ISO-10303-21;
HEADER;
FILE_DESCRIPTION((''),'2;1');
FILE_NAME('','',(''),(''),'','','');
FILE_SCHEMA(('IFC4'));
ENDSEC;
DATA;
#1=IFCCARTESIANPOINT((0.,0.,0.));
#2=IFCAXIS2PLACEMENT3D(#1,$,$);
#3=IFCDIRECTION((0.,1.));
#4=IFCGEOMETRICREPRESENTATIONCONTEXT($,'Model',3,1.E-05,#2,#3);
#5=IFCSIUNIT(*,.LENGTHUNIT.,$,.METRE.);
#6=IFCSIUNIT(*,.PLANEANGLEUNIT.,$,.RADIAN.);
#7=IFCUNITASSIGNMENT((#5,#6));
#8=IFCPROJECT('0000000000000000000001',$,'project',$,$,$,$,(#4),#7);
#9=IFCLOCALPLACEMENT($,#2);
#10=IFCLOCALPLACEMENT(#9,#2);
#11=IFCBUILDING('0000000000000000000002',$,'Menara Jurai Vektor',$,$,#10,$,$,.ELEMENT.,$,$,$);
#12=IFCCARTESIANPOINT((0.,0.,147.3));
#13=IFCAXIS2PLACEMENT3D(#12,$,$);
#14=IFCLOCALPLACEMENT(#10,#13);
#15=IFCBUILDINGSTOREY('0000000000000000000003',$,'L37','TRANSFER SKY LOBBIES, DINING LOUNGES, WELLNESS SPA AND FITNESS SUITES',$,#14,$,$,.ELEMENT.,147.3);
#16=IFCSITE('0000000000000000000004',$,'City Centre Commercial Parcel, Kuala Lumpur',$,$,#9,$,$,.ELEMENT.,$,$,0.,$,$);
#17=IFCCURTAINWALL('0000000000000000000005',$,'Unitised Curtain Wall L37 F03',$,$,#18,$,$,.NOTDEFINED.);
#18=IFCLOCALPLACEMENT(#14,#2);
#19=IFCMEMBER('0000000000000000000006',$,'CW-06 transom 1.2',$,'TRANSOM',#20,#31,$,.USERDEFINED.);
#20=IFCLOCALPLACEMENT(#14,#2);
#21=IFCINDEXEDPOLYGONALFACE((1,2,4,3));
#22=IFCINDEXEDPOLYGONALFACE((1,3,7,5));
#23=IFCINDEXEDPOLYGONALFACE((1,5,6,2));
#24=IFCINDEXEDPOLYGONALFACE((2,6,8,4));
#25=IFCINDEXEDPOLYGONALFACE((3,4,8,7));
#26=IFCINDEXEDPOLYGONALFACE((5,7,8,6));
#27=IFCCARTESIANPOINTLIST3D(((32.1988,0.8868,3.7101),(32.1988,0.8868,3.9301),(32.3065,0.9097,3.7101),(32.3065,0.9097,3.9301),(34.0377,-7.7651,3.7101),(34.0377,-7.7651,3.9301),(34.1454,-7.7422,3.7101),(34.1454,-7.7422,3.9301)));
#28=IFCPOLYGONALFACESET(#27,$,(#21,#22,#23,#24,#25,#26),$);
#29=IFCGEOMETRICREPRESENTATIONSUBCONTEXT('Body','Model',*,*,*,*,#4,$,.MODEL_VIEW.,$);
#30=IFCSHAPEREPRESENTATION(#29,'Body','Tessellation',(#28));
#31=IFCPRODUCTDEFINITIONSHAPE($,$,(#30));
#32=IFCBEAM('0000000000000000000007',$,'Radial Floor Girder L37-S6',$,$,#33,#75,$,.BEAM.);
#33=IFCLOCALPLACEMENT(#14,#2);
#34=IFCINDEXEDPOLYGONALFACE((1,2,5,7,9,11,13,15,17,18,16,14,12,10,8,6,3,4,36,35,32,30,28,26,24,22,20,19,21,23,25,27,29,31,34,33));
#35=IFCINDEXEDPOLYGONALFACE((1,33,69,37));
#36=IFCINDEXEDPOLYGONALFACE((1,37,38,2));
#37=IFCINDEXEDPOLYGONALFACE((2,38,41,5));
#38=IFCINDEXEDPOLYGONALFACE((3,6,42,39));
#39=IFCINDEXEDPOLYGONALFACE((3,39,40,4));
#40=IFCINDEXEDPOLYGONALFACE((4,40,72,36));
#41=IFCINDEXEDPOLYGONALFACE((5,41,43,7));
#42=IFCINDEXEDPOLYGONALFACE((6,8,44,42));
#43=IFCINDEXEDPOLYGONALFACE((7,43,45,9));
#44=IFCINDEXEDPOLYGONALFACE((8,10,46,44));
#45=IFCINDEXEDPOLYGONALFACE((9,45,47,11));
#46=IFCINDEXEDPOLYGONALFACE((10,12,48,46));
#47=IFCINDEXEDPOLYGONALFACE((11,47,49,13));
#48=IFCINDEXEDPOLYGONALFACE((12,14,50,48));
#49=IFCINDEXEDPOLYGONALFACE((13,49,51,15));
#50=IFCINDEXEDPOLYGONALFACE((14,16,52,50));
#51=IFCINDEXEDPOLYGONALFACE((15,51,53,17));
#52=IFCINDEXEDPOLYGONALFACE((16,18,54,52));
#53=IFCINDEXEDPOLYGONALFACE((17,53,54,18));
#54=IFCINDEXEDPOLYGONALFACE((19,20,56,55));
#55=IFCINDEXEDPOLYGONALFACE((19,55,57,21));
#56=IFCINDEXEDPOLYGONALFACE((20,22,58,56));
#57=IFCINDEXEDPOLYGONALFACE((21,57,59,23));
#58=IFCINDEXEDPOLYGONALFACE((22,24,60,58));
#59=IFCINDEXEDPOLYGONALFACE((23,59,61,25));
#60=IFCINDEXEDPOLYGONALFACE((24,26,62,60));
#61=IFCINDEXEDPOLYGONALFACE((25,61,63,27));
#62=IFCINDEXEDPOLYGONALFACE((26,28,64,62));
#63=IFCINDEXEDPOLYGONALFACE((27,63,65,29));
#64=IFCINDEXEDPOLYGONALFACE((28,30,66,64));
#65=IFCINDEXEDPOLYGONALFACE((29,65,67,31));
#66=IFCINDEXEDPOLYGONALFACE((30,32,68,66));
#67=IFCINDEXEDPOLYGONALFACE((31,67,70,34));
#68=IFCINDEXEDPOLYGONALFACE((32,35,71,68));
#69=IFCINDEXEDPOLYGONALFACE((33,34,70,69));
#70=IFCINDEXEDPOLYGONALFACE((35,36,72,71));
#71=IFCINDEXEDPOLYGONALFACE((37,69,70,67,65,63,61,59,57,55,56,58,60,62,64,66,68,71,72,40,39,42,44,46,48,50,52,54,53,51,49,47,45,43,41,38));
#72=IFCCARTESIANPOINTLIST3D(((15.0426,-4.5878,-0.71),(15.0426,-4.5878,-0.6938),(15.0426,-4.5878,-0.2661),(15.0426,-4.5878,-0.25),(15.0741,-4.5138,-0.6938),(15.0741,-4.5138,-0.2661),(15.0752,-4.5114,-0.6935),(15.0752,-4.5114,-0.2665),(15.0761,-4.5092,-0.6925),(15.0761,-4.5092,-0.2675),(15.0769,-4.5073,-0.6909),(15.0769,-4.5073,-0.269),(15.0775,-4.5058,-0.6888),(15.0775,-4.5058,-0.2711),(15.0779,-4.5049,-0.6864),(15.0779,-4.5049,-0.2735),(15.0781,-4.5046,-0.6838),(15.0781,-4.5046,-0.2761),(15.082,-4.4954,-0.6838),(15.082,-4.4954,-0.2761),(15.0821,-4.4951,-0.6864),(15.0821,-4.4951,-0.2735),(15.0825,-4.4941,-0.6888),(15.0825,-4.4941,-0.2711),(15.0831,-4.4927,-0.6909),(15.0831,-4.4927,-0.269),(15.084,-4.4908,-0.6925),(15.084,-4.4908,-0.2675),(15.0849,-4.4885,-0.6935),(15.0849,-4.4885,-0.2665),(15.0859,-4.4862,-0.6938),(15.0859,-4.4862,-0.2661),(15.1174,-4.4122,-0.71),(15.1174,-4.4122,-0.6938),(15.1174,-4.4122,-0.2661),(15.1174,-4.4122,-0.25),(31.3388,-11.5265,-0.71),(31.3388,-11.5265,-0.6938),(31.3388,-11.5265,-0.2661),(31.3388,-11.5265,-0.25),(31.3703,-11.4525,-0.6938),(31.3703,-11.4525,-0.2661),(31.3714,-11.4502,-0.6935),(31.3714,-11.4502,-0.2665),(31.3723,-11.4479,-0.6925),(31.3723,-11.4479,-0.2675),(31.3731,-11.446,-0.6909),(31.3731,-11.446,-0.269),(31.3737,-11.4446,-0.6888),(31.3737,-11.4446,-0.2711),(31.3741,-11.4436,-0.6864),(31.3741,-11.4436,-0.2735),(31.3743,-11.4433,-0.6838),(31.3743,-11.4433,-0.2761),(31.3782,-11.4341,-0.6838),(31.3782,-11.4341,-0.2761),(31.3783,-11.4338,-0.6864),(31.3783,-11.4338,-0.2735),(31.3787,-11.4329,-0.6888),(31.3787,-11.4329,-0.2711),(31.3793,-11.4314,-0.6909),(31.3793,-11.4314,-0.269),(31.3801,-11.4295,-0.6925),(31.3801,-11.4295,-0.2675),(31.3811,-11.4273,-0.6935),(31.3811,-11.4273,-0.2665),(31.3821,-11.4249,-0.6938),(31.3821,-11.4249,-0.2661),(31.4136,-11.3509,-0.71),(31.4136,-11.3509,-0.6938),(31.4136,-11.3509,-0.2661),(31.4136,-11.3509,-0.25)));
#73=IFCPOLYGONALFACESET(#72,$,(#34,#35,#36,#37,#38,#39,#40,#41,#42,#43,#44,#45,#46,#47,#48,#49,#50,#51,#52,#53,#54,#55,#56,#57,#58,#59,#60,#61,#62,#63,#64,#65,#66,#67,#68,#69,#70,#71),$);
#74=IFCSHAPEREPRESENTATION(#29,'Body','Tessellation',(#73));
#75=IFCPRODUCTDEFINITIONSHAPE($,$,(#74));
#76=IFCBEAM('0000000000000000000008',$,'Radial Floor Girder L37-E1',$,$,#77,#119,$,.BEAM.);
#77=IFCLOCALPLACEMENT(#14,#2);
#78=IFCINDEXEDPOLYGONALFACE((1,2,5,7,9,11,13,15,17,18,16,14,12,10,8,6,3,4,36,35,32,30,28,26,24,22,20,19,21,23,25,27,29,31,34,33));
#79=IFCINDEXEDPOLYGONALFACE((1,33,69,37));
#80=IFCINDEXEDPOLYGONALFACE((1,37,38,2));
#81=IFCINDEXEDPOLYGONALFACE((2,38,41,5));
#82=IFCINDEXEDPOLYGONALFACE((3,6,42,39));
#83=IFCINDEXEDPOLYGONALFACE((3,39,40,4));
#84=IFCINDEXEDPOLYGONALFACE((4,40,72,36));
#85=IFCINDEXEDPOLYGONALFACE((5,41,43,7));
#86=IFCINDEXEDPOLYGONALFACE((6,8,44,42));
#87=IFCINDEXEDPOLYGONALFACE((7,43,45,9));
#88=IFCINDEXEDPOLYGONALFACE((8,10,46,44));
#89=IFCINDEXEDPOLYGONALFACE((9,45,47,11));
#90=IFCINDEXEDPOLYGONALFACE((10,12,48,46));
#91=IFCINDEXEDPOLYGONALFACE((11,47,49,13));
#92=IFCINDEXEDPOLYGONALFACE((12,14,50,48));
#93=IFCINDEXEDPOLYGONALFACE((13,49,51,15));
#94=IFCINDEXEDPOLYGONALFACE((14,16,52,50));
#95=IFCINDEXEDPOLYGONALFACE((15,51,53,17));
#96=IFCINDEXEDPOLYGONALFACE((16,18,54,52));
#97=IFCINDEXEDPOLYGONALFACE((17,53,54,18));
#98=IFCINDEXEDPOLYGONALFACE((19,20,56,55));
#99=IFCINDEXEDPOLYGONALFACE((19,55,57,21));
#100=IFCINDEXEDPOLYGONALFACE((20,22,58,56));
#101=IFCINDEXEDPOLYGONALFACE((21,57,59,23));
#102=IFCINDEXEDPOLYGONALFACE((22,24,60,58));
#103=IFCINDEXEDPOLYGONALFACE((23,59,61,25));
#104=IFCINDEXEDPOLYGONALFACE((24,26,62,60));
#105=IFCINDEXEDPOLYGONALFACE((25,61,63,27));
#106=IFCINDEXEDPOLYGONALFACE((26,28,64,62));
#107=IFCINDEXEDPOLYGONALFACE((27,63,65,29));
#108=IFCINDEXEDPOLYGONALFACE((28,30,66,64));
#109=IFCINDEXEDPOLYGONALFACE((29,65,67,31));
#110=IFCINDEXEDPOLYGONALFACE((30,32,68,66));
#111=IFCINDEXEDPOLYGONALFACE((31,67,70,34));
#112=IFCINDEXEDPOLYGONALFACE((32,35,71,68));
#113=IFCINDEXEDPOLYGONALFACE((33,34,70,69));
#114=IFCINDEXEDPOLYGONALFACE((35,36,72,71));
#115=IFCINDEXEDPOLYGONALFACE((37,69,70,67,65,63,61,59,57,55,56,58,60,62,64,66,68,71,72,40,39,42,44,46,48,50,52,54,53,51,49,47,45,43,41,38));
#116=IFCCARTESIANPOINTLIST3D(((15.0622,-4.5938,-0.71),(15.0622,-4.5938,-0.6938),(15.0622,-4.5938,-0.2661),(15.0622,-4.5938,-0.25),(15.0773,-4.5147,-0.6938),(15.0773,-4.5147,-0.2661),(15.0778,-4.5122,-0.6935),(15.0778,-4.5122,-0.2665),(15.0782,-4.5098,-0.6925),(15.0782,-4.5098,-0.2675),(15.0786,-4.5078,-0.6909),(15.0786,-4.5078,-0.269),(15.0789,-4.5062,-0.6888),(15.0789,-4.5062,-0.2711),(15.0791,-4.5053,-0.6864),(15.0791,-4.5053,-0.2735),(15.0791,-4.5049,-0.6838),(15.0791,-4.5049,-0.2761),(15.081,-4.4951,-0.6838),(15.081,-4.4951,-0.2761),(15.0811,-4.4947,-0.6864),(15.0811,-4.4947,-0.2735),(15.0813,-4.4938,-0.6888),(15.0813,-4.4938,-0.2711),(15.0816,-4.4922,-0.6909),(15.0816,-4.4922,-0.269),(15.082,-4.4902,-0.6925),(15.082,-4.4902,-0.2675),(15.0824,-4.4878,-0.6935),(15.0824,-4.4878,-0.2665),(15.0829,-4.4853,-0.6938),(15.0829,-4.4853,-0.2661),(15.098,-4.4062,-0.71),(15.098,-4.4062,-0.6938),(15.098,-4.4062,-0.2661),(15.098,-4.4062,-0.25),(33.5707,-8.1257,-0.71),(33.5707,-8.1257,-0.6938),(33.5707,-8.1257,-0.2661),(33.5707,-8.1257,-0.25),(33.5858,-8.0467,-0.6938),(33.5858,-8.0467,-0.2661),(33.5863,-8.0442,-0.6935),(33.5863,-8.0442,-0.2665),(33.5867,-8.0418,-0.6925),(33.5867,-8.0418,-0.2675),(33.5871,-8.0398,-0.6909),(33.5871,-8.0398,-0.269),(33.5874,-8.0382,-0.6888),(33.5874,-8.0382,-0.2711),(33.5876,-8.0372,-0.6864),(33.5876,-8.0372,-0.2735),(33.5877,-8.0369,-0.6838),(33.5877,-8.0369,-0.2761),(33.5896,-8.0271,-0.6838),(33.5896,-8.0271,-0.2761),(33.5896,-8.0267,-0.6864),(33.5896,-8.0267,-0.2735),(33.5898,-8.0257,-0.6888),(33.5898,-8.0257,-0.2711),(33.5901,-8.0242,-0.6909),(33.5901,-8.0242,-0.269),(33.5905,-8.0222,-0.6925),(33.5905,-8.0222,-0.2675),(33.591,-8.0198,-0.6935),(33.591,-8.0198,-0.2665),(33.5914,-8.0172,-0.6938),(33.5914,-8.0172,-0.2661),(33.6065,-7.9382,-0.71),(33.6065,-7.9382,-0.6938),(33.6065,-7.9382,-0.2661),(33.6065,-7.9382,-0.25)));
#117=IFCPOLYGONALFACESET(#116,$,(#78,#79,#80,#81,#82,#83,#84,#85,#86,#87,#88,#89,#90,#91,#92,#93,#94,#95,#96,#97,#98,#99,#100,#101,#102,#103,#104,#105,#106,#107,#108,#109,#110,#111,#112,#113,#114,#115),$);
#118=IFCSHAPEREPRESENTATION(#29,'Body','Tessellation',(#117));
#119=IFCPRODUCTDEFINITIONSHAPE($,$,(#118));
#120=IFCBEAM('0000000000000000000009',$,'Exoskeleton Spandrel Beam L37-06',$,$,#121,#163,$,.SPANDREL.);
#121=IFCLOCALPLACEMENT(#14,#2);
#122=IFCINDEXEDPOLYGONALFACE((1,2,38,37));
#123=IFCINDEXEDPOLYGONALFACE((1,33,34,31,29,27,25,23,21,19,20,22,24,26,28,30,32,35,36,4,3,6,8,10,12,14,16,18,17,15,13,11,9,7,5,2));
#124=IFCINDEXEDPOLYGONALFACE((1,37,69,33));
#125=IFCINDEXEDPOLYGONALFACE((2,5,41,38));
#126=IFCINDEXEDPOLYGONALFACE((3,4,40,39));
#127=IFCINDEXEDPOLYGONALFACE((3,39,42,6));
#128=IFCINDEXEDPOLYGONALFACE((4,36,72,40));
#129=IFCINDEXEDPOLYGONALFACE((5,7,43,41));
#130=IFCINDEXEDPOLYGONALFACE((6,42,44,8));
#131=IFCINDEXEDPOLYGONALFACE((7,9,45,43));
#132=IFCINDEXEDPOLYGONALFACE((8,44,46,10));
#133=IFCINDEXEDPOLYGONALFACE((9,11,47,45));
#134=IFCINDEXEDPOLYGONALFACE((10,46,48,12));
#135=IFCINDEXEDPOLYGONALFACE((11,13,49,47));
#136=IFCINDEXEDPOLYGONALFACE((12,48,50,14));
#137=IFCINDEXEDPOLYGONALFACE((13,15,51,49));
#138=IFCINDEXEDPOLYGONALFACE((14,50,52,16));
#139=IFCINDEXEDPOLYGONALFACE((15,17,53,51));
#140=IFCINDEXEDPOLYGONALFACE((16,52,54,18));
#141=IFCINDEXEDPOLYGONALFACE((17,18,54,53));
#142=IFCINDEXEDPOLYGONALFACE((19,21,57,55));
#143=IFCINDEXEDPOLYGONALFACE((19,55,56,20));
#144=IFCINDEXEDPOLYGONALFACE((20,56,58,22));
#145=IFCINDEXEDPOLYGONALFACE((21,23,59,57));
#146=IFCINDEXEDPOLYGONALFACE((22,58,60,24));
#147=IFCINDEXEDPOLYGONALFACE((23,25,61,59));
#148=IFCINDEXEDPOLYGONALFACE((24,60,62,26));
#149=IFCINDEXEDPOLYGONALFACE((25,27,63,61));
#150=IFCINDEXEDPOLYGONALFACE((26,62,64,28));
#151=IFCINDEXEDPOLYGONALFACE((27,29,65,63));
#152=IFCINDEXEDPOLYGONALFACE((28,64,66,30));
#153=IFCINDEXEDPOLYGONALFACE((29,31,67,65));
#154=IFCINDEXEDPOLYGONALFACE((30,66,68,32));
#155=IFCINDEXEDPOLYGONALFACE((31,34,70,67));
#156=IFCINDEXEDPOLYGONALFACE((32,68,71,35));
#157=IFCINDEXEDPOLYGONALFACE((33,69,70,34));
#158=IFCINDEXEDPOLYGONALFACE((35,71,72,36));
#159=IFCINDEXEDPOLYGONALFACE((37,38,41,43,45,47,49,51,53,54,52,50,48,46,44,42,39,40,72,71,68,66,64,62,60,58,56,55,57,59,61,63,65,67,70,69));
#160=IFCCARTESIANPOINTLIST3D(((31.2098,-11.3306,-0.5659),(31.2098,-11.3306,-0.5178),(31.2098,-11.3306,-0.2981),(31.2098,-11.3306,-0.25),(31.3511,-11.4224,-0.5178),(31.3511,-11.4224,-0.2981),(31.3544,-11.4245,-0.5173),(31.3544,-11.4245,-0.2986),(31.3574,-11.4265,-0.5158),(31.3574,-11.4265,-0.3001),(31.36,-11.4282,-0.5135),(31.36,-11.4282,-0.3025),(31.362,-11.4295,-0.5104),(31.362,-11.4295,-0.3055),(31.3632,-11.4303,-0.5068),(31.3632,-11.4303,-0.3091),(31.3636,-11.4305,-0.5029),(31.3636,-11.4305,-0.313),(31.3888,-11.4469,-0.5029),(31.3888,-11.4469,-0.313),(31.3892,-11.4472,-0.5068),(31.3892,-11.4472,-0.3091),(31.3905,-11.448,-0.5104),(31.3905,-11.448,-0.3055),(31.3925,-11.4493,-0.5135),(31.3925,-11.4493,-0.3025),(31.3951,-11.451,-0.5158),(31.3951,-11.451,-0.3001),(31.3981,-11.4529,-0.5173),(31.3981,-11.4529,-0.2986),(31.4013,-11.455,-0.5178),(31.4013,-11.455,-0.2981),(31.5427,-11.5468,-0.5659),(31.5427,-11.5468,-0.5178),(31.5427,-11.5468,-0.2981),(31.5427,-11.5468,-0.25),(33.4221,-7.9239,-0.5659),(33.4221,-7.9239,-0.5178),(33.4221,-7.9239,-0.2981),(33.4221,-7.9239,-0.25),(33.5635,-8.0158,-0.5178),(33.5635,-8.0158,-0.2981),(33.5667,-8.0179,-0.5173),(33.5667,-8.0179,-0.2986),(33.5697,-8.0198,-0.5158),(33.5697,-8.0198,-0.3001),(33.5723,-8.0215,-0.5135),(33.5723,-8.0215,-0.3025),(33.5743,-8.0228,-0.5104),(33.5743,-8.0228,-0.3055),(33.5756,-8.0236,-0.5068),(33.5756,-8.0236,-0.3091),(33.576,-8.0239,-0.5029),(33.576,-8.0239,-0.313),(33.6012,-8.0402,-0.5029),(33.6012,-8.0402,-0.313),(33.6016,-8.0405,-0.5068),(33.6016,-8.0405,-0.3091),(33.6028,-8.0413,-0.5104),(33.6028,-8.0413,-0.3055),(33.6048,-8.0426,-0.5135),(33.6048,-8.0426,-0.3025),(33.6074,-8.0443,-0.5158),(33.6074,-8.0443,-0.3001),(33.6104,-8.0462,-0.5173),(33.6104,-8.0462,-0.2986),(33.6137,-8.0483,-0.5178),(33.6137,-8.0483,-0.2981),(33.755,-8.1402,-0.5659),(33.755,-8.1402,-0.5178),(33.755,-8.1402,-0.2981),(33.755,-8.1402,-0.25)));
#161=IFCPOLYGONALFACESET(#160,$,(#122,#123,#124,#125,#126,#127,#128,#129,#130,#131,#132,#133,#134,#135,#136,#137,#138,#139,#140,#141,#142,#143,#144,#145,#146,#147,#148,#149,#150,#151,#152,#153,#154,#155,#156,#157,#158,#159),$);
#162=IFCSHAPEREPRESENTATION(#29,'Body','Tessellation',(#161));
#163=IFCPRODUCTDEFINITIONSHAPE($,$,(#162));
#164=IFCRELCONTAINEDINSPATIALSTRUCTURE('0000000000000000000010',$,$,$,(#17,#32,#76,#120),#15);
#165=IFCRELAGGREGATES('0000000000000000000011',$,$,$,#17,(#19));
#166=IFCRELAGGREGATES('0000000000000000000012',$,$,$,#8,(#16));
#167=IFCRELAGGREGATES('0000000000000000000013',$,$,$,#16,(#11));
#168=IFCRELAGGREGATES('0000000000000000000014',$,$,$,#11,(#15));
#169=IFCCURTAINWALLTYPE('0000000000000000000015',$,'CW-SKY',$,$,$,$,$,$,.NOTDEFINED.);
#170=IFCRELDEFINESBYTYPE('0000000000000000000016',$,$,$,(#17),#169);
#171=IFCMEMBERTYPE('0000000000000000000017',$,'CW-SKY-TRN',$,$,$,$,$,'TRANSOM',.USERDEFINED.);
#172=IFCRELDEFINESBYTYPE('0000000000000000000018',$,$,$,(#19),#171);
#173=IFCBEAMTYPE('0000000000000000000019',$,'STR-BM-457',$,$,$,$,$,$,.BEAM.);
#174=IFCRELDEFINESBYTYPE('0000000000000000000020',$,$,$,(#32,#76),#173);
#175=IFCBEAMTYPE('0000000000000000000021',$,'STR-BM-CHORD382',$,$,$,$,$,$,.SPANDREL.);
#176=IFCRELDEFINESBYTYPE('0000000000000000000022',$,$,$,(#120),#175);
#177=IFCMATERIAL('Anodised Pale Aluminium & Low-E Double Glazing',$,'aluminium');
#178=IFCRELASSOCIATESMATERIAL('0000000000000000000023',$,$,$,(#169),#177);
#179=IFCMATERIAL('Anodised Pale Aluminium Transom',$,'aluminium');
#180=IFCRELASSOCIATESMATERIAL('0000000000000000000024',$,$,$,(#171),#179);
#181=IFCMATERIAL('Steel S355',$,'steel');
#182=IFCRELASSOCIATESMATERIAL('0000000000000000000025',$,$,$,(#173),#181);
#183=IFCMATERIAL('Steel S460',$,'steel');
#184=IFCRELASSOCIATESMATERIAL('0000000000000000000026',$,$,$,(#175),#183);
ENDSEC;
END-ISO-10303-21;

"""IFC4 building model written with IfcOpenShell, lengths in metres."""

from ifc_helpers import new_model, si_unit, direction, frame, origin, origin_2d, place, context, subcontext, project, spatial, rectangle, i_section, extrude, material, material_profile, profile_set, type_object, element, aggregate, save


model = new_model("IFC4")

# Units and contexts
model_context = context("Model", 3, precision=1e-05, world=origin(), true_north=direction((0.0, 1.0)))
body_context = subcontext(model_context, "Body", "Model", "MODEL_VIEW")
ifc_project = project(units=[si_unit("LENGTHUNIT", "METRE"), si_unit("PLANEANGLEUNIT", "RADIAN")], contexts=[model_context])

# Site, building, storey
site_placement = place(None, origin())
site = spatial("IfcSite", under=ifc_project, at=site_placement, Name="City Centre Commercial Parcel, Kuala Lumpur", CompositionType="ELEMENT", RefElevation=0.0)
building_placement = place(site_placement, origin())
building = spatial("IfcBuilding", under=site, at=building_placement, Name="Menara Jurai Vektor", CompositionType="ELEMENT")
storey_placement = place(building_placement, frame((0.0, 0.0, 147.3)))
storey = spatial("IfcBuildingStorey", under=building, at=storey_placement, Name="L37", Description="TRANSFER SKY LOBBIES, DINING LOUNGES, WELLNESS SPA AND FITNESS SUITES", CompositionType="ELEMENT", Elevation=147.3)

# Shared definitions
ifc_material_1 = material(Name="Steel S460", Category="steel")

# Shared definitions
ifc_material_2 = material(Name="Anodised Pale Aluminium & Low-E Double Glazing", Category="aluminium")
curtain_wall_type = type_object("IfcCurtainWallType", Name="CW-SKY", PredefinedType="NOTDEFINED", material=ifc_material_2)

# Curtain wall
curtain_wall_1_placement = place(storey_placement, origin())
curtain_wall_1 = element("IfcCurtainWall", 1, at=curtain_wall_1_placement, inside=storey, type_object=curtain_wall_type, Name="Unitised Curtain Wall L37 F03", PredefinedType="NOTDEFINED")

# Member
ifc_material_3 = material(Name="Anodised Pale Aluminium Transom", Category="aluminium")
ifc_material_profile_1 = material_profile(ifc_material_3, rectangle(XDim=0.1101, YDim=0.22, at=origin_2d()), Name="ALU TRN 110x220")
ifc_profile_set_1 = profile_set([ifc_material_profile_1], Name="Anodised Pale Aluminium Transom")
member_type_1 = type_object("IfcMemberType", Name="CW-SKY-TRN", ElementType="TRANSOM", PredefinedType="USERDEFINED", material=ifc_profile_set_1)
member_1_placement = place(storey_placement, frame((34.0916, -7.7537, 3.8201), z_axis=(-0.207896, 0.978151, 0.0), x_axis=(-0.978151, -0.207896, 0.0)))
member_1 = element("IfcMember", 2, at=member_1_placement, type_object=member_type_1, Name="CW-06 transom 1.2", ObjectType="TRANSOM", PredefinedType="USERDEFINED", context=body_context, shape_type="SweptSolid", body=[
    extrude(rectangle(XDim=0.1101, YDim=0.22, at=origin_2d()), origin(), (0.0, 0.0, 1.0), 8.8452),
])

# Beams
ifc_material_4 = material(Name="Steel S355", Category="steel")
ifc_material_profile_2 = material_profile(ifc_material_4, i_section(OverallWidth=0.1909, OverallDepth=0.46, WebThickness=0.01, FlangeThickness=0.0161, FilletRadius=0.01, at=origin_2d()), Name="UKB 457x191x82")
ifc_profile_set_2 = profile_set([ifc_material_profile_2], Name="Steel S355")
beam_type_1 = type_object("IfcBeamType", Name="STR-BM-457", PredefinedType="BEAM", material=ifc_profile_set_2)
beam_1_placement = place(storey_placement, frame((31.3762, -11.4387, -0.48), z_axis=(-0.920069, 0.391756, 0.0), x_axis=(-0.391756, -0.920069, 0.0)))
element("IfcBeam", 3, at=beam_1_placement, inside=storey, type_object=beam_type_1, Name="Radial Floor Girder L37-S6", PredefinedType="BEAM", context=body_context, shape_type="SweptSolid", body=[
    extrude(i_section(OverallWidth=0.1909, OverallDepth=0.46, WebThickness=0.01, FlangeThickness=0.0161, FilletRadius=0.01, at=origin_2d()), origin(), (0.0, 0.0, 1.0), 17.7119),
])
beam_2_placement = place(storey_placement, frame((33.5886, -8.032, -0.48), z_axis=(-0.982275, 0.187447, 0.0), x_axis=(-0.187447, -0.982275, 0.0)))
element("IfcBeam", 4, at=beam_2_placement, inside=storey, type_object=beam_type_1, Name="Radial Floor Girder L37-E1", PredefinedType="BEAM", context=body_context, shape_type="SweptSolid", body=[
    extrude(i_section(OverallWidth=0.1909, OverallDepth=0.46, WebThickness=0.01, FlangeThickness=0.0161, FilletRadius=0.01, at=origin_2d()), origin(), (0.0, 0.0, 1.0), 18.8425),
])
ifc_material_profile_3 = material_profile(ifc_material_1, i_section(OverallWidth=0.397, OverallDepth=0.3159, WebThickness=0.03, FlangeThickness=0.0481, FilletRadius=0.0149, at=origin_2d()), Name="HD 400x382")
ifc_profile_set_3 = profile_set([ifc_material_profile_3], Name="Steel S460")
beam_type_2 = type_object("IfcBeamType", Name="STR-BM-CHORD382", PredefinedType="SPANDREL", material=ifc_profile_set_3)
beam_3_placement = place(storey_placement, frame((31.3762, -11.4387, -0.408), z_axis=(0.544646, 0.838666, 0.0), x_axis=(-0.838666, 0.544646, 0.0)))
element("IfcBeam", 5, at=beam_3_placement, inside=storey, type_object=beam_type_2, Name="Exoskeleton Spandrel Beam L37-06", PredefinedType="SPANDREL", context=body_context, shape_type="SweptSolid", body=[
    extrude(i_section(OverallWidth=0.397, OverallDepth=0.3159, WebThickness=0.03, FlangeThickness=0.0481, FilletRadius=0.0149, at=origin_2d()), origin(), (0.0, 0.0, 1.0), 4.062),
])

aggregate(curtain_wall_1, [member_1])

save(model, "model.ifc")
